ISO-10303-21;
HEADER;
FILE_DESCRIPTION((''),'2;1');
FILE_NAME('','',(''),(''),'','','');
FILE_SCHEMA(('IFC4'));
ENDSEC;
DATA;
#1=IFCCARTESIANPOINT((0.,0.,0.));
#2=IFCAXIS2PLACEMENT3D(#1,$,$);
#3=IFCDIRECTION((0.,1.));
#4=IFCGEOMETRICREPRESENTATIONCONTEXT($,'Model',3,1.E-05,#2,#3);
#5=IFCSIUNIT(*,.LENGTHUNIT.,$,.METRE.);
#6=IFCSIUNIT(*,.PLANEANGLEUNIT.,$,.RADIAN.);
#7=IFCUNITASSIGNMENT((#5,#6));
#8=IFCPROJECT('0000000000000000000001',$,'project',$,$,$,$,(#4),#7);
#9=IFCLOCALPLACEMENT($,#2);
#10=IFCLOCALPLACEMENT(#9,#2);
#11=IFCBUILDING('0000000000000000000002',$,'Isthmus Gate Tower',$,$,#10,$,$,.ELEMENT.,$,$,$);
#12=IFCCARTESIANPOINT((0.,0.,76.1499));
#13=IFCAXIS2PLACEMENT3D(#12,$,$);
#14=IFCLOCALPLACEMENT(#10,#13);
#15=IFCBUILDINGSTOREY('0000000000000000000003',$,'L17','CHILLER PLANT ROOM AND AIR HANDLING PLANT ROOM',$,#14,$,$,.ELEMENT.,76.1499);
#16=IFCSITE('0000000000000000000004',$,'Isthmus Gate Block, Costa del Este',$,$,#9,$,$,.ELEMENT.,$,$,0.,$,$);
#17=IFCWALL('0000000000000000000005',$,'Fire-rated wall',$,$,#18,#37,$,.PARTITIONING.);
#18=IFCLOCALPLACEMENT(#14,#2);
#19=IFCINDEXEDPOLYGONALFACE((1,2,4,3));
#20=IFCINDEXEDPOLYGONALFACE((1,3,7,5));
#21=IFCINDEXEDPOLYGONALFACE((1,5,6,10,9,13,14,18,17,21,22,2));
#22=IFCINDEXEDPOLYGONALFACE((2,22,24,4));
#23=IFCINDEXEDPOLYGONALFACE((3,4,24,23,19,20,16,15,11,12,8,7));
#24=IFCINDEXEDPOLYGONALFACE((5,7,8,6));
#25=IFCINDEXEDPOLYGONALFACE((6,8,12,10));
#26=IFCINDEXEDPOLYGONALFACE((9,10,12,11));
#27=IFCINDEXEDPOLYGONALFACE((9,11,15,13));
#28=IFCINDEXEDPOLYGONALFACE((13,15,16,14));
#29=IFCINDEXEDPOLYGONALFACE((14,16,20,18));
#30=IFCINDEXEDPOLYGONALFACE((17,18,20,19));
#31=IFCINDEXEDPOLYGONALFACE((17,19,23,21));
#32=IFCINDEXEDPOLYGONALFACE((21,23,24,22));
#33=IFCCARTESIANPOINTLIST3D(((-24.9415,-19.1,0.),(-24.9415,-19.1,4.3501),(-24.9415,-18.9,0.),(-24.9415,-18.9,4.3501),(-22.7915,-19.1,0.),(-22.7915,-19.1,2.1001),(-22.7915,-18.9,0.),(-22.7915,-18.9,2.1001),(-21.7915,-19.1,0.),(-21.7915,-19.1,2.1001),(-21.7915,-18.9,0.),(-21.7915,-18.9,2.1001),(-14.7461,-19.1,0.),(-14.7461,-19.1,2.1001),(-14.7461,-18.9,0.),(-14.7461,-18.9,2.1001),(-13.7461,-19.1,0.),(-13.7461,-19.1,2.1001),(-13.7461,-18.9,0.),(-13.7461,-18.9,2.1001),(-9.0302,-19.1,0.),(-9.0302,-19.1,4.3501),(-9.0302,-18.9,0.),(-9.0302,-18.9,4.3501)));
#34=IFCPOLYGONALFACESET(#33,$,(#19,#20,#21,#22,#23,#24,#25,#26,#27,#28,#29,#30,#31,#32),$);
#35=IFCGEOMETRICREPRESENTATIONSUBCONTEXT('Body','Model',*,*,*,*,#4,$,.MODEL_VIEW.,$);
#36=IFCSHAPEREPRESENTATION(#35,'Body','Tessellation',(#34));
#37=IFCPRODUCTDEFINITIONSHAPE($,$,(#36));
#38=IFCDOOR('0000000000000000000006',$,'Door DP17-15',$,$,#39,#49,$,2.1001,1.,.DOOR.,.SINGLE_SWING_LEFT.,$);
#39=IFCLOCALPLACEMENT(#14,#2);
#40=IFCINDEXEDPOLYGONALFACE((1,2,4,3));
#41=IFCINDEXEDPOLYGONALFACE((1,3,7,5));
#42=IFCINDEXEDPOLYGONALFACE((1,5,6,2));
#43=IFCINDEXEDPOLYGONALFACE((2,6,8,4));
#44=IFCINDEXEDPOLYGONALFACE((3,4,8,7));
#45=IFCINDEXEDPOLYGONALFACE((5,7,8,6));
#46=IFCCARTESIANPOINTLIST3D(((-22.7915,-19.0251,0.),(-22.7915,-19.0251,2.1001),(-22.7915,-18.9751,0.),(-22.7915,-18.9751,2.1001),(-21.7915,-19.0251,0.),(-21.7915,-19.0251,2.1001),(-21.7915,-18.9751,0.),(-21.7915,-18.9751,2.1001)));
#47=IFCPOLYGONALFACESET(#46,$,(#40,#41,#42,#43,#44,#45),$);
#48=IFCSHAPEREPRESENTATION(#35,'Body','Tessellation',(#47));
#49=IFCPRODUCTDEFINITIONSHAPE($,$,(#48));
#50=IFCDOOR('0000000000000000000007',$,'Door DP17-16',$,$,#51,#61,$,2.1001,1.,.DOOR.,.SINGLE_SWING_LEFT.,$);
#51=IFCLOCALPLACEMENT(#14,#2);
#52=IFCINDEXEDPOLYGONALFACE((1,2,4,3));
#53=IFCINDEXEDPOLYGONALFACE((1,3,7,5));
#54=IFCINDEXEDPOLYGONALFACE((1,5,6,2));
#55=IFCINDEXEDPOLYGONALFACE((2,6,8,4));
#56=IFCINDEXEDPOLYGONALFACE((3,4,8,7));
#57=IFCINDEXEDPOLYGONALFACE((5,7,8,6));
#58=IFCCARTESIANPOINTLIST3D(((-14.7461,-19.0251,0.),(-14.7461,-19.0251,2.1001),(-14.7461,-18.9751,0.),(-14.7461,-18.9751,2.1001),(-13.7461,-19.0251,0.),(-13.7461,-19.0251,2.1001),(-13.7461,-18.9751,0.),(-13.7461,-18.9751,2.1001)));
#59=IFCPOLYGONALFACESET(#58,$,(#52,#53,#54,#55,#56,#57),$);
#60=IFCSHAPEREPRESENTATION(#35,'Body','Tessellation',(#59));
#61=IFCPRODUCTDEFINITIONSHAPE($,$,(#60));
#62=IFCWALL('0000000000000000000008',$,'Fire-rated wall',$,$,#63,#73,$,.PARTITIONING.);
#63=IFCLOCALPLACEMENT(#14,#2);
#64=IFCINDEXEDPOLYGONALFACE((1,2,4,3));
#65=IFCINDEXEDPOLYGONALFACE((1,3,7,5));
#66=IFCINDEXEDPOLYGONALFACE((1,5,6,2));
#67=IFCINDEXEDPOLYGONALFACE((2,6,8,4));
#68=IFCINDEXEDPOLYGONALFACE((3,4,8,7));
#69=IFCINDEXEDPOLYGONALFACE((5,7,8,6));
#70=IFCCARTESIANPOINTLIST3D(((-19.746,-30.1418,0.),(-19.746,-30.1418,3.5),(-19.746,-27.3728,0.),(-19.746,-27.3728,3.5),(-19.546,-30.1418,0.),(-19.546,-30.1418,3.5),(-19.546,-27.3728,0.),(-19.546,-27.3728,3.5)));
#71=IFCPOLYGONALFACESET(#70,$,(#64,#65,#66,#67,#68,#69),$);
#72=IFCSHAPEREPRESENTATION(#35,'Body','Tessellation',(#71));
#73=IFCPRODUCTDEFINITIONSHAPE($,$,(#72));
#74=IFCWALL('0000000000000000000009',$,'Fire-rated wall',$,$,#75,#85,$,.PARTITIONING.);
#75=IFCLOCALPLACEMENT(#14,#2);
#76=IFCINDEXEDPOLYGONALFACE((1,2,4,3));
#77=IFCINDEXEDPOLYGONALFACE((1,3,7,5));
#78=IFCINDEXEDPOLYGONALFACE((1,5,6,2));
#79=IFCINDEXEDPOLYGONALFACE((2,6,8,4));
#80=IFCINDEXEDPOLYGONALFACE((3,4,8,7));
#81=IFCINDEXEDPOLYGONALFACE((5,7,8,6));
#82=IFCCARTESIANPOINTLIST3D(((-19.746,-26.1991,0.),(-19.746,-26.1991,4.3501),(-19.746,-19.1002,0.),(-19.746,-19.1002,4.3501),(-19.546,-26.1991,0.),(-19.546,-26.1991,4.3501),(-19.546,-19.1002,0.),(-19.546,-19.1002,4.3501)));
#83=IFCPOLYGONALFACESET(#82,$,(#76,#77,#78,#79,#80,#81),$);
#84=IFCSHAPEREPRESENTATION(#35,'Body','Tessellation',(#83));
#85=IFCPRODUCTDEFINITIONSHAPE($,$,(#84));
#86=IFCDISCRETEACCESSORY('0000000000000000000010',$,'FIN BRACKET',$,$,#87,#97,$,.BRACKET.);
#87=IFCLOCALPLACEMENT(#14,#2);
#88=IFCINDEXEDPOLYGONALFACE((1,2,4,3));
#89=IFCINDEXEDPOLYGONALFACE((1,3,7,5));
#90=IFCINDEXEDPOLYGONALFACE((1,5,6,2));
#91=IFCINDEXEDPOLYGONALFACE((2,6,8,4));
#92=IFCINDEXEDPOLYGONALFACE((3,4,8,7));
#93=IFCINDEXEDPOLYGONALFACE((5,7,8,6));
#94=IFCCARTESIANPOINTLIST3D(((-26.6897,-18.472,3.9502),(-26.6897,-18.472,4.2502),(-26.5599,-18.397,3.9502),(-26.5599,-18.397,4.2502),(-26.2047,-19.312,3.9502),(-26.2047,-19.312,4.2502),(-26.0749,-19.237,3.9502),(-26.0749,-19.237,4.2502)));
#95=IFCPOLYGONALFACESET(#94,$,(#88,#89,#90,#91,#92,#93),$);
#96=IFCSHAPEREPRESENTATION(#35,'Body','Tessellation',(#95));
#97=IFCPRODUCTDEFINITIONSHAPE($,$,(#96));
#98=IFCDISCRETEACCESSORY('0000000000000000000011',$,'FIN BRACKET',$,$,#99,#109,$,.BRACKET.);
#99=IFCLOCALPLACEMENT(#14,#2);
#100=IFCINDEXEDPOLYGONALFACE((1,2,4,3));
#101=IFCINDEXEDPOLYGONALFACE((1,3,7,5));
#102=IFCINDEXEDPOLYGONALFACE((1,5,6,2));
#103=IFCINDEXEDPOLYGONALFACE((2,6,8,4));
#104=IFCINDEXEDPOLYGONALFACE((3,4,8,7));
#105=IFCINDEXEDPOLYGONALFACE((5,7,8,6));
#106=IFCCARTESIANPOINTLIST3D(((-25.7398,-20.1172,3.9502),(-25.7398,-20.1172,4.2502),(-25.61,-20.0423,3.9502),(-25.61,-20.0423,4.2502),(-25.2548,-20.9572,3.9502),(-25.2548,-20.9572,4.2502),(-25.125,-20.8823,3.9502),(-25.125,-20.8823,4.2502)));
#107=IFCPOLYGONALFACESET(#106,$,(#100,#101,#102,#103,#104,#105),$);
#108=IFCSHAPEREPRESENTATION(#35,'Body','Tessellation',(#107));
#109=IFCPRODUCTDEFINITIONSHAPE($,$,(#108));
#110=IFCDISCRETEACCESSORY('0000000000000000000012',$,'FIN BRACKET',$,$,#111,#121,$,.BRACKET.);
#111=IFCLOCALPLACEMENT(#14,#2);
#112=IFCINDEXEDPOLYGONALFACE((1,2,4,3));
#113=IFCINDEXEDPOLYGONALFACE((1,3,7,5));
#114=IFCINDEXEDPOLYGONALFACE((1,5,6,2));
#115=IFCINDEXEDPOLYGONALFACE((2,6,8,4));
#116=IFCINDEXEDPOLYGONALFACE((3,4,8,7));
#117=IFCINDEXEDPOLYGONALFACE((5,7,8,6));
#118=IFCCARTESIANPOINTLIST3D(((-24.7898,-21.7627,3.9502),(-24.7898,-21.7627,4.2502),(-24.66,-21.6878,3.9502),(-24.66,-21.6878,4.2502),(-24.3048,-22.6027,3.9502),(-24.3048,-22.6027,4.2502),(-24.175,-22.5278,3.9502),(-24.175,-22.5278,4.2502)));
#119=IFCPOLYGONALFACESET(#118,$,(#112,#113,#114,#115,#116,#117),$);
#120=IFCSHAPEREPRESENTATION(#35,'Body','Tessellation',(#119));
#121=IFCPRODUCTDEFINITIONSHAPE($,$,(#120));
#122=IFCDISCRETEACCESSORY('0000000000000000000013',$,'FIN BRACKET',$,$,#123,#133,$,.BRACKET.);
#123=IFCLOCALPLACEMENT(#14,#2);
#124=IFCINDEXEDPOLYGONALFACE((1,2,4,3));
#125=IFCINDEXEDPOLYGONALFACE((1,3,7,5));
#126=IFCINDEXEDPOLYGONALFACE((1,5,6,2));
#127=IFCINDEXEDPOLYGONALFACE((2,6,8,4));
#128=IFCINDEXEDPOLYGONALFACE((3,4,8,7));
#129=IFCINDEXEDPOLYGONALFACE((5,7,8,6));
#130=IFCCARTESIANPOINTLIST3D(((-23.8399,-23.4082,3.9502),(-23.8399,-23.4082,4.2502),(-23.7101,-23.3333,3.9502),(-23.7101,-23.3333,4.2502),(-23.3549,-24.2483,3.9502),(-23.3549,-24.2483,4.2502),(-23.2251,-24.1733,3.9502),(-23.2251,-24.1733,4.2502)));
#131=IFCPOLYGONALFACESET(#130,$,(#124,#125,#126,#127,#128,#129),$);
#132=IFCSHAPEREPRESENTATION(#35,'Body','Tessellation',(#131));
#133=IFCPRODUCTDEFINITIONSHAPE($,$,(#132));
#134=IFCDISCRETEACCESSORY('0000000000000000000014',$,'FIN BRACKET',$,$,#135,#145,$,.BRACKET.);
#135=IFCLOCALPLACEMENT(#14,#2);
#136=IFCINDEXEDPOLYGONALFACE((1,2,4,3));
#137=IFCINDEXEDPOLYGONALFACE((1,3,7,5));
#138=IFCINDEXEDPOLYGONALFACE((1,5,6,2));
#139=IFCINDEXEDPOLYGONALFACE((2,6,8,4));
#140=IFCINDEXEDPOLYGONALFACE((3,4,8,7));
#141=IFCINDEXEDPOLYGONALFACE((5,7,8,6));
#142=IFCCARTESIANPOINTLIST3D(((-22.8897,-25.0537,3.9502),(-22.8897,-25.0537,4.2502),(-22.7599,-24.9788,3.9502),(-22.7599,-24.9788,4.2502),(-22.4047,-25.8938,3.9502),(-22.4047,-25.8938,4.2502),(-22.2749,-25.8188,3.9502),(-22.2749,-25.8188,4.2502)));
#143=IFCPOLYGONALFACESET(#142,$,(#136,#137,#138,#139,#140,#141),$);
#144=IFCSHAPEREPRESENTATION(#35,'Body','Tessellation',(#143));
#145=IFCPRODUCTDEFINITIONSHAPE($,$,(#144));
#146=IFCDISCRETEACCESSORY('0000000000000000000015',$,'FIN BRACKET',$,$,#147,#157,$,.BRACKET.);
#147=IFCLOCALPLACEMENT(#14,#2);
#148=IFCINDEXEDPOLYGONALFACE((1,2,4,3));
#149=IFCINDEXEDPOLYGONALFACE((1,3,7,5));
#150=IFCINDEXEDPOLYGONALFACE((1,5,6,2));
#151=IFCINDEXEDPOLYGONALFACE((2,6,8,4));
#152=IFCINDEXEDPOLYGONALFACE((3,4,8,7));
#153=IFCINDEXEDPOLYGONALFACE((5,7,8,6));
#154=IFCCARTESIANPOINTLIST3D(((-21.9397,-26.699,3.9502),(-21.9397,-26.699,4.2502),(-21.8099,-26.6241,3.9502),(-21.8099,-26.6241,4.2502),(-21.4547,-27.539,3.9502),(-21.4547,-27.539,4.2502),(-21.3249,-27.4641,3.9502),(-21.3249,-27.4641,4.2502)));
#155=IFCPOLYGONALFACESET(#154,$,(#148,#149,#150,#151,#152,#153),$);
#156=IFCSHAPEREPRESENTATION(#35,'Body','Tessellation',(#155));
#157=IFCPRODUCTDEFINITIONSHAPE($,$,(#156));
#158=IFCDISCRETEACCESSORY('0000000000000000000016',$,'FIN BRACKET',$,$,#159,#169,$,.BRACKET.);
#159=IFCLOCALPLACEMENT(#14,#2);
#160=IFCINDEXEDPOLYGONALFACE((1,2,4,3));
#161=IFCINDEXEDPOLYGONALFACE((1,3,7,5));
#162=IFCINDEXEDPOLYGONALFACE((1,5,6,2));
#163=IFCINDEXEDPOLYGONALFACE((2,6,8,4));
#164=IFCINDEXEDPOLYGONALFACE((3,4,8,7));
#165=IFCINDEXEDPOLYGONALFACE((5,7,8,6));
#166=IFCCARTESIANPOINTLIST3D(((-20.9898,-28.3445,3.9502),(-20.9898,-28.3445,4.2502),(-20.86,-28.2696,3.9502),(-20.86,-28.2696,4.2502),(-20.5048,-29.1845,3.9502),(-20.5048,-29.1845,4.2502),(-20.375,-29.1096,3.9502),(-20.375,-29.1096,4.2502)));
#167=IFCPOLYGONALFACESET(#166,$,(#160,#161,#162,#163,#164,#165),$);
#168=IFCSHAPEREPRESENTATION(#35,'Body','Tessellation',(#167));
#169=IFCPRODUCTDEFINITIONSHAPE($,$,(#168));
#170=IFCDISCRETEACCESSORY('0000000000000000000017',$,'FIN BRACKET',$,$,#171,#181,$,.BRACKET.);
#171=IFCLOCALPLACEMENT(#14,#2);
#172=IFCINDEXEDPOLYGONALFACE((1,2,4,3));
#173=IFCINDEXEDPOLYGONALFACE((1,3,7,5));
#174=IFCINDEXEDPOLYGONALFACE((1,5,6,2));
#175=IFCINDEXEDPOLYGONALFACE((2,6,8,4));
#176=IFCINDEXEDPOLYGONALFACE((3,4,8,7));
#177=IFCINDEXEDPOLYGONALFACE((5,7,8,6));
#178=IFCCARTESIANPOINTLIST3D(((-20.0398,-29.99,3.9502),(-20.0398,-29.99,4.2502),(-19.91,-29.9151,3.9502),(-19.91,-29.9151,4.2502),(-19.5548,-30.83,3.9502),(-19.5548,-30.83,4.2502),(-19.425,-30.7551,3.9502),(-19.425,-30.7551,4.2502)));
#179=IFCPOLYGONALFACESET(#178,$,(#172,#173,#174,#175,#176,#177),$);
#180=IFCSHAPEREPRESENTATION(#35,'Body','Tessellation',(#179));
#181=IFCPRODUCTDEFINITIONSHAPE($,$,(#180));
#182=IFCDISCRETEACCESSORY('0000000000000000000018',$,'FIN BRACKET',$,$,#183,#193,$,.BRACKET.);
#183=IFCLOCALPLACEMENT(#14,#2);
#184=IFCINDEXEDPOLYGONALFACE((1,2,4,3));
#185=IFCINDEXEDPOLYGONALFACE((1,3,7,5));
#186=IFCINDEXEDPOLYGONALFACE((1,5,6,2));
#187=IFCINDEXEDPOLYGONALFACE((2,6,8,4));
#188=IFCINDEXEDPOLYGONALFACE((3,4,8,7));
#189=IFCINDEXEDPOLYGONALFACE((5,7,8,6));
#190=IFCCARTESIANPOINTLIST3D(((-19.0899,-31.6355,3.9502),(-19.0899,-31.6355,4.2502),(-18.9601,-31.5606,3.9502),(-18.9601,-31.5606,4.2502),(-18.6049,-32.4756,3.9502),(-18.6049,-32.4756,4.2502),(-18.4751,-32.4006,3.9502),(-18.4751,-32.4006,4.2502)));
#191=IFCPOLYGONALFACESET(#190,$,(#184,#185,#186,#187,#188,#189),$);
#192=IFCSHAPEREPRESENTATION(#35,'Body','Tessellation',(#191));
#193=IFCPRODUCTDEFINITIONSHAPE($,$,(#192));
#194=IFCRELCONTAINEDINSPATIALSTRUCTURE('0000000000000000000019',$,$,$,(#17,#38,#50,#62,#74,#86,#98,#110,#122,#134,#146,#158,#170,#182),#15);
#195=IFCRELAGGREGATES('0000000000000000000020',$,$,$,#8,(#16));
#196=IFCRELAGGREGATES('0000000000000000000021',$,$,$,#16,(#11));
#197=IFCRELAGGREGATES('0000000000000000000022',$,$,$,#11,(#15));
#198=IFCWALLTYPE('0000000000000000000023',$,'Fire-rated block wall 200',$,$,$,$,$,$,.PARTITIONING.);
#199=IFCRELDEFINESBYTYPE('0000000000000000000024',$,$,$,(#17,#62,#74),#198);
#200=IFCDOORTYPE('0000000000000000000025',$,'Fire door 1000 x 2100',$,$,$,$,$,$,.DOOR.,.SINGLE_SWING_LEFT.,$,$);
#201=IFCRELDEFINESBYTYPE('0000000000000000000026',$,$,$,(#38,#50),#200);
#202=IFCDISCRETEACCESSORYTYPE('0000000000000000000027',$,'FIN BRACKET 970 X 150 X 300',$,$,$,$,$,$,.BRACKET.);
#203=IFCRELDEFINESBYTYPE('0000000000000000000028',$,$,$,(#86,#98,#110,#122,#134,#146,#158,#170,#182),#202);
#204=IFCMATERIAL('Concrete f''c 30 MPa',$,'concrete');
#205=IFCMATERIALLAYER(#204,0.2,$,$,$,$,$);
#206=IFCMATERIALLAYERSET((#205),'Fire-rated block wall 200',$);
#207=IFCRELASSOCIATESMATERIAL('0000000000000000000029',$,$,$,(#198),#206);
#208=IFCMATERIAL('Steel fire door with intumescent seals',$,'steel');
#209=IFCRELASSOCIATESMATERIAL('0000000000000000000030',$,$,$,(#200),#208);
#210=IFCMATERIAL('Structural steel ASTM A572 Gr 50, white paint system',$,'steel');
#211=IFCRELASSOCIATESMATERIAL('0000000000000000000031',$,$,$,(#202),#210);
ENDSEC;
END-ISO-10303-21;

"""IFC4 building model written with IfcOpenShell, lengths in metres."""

from ifc_helpers import new_model, si_unit, direction, frame, frame_2d, origin, origin_2d, place, context, subcontext, project, spatial, rectangle, extrude, material, layer, layer_set, type_object, element, fill, save


model = new_model("IFC4")

# Units and contexts
model_context = context("Model", 3, precision=1e-05, world=origin(), true_north=direction((0.0, 1.0)))
body_context = subcontext(model_context, "Body", "Model", "MODEL_VIEW")
ifc_project = project(units=[si_unit("LENGTHUNIT", "METRE"), si_unit("PLANEANGLEUNIT", "RADIAN")], contexts=[model_context])

# Site, building, storey
site_placement = place(None, origin())
site = spatial("IfcSite", under=ifc_project, at=site_placement, Name="Isthmus Gate Block, Costa del Este", CompositionType="ELEMENT", RefElevation=0.0)
building_placement = place(site_placement, origin())
building = spatial("IfcBuilding", under=site, at=building_placement, Name="Isthmus Gate Tower", CompositionType="ELEMENT")
storey_placement = place(building_placement, frame((0.0, 0.0, 76.1499)))
storey = spatial("IfcBuildingStorey", under=building, at=storey_placement, Name="L17", Description="CHILLER PLANT ROOM AND AIR HANDLING PLANT ROOM", CompositionType="ELEMENT", Elevation=76.1499)

# Shared definitions
ifc_material_1 = material(Name="Concrete f'c 30 MPa", Category="concrete")
ifc_layer_1 = layer(ifc_material_1, 0.2)
ifc_layer_set_1 = layer_set([ifc_layer_1], Name="Fire-rated block wall 200")
wall_type = type_object("IfcWallType", Name="Fire-rated block wall 200", PredefinedType="PARTITIONING", material=ifc_layer_set_1)

# Wall, openings, doors
wall_1_placement = place(storey_placement, frame((-24.9414, -19.0, 0.0), z_axis=(0.0, 0.0, 1.0), x_axis=(1.0, 0.0, 0.0)))
wall_1 = element("IfcWall", 1, at=wall_1_placement, inside=storey, type_object=wall_type, Name="Fire-rated wall", PredefinedType="PARTITIONING", context=body_context, shape_type="SweptSolid", body=[
    extrude(rectangle(XDim=15.9114, YDim=0.2, at=frame_2d((7.9556, 0.0))), origin(), (0.0, 0.0, 1.0), 4.3501),
])
opening_1_placement = place(wall_1_placement, frame((2.1499, 0.0, 0.0)))
opening_1 = element("IfcOpeningElement", 2, at=opening_1_placement, cuts=wall_1, PredefinedType="OPENING", context=body_context, shape_type="SweptSolid", body=[
    extrude(rectangle(XDim=1.0, YDim=2.1001, at=frame_2d((0.5, 1.05))), frame((0.0, 0.1099, 0.0), z_axis=(0.0, -1.0, 0.0), x_axis=(1.0, 0.0, 0.0)), (0.0, 0.0, 1.0), 0.22),
])
opening_2_placement = place(wall_1_placement, frame((10.1953, 0.0, 0.0)))
opening_2 = element("IfcOpeningElement", 3, at=opening_2_placement, cuts=wall_1, PredefinedType="OPENING", context=body_context, shape_type="SweptSolid", body=[
    extrude(rectangle(XDim=1.0, YDim=2.1001, at=frame_2d((0.5, 1.05))), frame((0.0, 0.1099, 0.0), z_axis=(0.0, -1.0, 0.0), x_axis=(1.0, 0.0, 0.0)), (0.0, 0.0, 1.0), 0.22),
])
ifc_material_2 = material(Name="Steel fire door with intumescent seals", Category="steel")
door_type = type_object("IfcDoorType", Name="Fire door 1000 x 2100", OperationType="SINGLE_SWING_LEFT", PredefinedType="DOOR", material=ifc_material_2)
door_1_placement = place(opening_1_placement, origin())
door_1 = element("IfcDoor", 4, at=door_1_placement, inside=storey, type_object=door_type, Name="Door DP17-15", OperationType="SINGLE_SWING_LEFT", OverallHeight=2.1001, OverallWidth=1.0, PredefinedType="DOOR", context=body_context, shape_type="SweptSolid", body=[
    extrude(rectangle(XDim=1.0, YDim=2.1001, at=frame_2d((0.5, 1.05))), frame((0.0, 0.0249, 0.0), z_axis=(0.0, -1.0, 0.0), x_axis=(1.0, 0.0, 0.0)), (0.0, 0.0, 1.0), 0.05),
])
fill(opening_1, door_1)
door_2_placement = place(opening_2_placement, origin())
door_2 = element("IfcDoor", 5, at=door_2_placement, inside=storey, type_object=door_type, Name="Door DP17-16", OperationType="SINGLE_SWING_LEFT", OverallHeight=2.1001, OverallWidth=1.0, PredefinedType="DOOR", context=body_context, shape_type="SweptSolid", body=[
    extrude(rectangle(XDim=1.0, YDim=2.1001, at=frame_2d((0.5, 1.05))), frame((0.0, 0.0249, 0.0), z_axis=(0.0, -1.0, 0.0), x_axis=(1.0, 0.0, 0.0)), (0.0, 0.0, 1.0), 0.05),
])
fill(opening_2, door_2)

# Walls
wall_2_placement = place(storey_placement, frame((-19.646, -30.1418, 0.0), z_axis=(0.0, 0.0, 1.0), x_axis=(0.0, 1.0, 0.0)))
element("IfcWall", 6, at=wall_2_placement, inside=storey, type_object=wall_type, Name="Fire-rated wall", PredefinedType="PARTITIONING", context=body_context, shape_type="SweptSolid", body=[
    extrude(rectangle(XDim=2.769, YDim=0.2, at=frame_2d((1.3845, 0.0))), origin(), (0.0, 0.0, 1.0), 3.5),
])
wall_3_placement = place(storey_placement, frame((-19.646, -26.199, 0.0), z_axis=(0.0, 0.0, 1.0), x_axis=(0.0, 1.0, 0.0)))
element("IfcWall", 7, at=wall_3_placement, inside=storey, type_object=wall_type, Name="Fire-rated wall", PredefinedType="PARTITIONING", context=body_context, shape_type="SweptSolid", body=[
    extrude(rectangle(XDim=7.0989, YDim=0.2, at=frame_2d((3.5493, 0.0))), origin(), (0.0, 0.0, 1.0), 4.3501),
])

# Discrete accessories
ifc_material_3 = material(Name="Structural steel ASTM A572 Gr 50, white paint system", Category="steel")
discrete_accessory_type = type_object("IfcDiscreteAccessoryType", Name="FIN BRACKET 970 X 150 X 300", PredefinedType="BRACKET", material=ifc_material_3)
for number, where, z_axis, x_axis, name in (
    (8, (-26.3823, -18.8545, 3.9502), (0.0, 0.0, 1.0), (-0.866025, -0.5, 0.0), "FIN BRACKET"),
    (9, (-25.4324, -20.4998, 3.9502), (0.0, 0.0, 1.0), (-0.866025, -0.5, 0.0), "FIN BRACKET"),
    (10, (-24.4824, -22.1453, 3.9502), (0.0, 0.0, 1.0), (-0.866025, -0.5, 0.0), "FIN BRACKET"),
    (11, (-23.5325, -23.7908, 3.9502), (0.0, 0.0, 1.0), (-0.866025, -0.5, 0.0), "FIN BRACKET"),
    (12, (-22.5823, -25.4363, 3.9502), (0.0, 0.0, 1.0), (-0.866025, -0.5, 0.0), "FIN BRACKET"),
    (13, (-21.6323, -27.0815, 3.9502), (0.0, 0.0, 1.0), (-0.866025, -0.5, 0.0), "FIN BRACKET"),
    (14, (-20.6824, -28.7271, 3.9502), (0.0, 0.0, 1.0), (-0.866025, -0.5, 0.0), "FIN BRACKET"),
    (15, (-19.7324, -30.3726, 3.9502), (0.0, 0.0, 1.0), (-0.866025, -0.5, 0.0), "FIN BRACKET"),
    (16, (-18.7825, -32.0181, 3.9502), (0.0, 0.0, 1.0), (-0.866025, -0.5, 0.0), "FIN BRACKET"),
):
    element("IfcDiscreteAccessory", number, at=place(storey_placement, frame(where, z_axis=z_axis, x_axis=x_axis)), inside=storey, type_object=discrete_accessory_type, Name=name, PredefinedType="BRACKET", context=body_context, shape_type="SweptSolid", body=[
        extrude(rectangle(XDim=0.1499, YDim=0.97, at=origin_2d()), origin(), (0.0, 0.0, 1.0), 0.3),
    ])

save(model, "model.ifc")
